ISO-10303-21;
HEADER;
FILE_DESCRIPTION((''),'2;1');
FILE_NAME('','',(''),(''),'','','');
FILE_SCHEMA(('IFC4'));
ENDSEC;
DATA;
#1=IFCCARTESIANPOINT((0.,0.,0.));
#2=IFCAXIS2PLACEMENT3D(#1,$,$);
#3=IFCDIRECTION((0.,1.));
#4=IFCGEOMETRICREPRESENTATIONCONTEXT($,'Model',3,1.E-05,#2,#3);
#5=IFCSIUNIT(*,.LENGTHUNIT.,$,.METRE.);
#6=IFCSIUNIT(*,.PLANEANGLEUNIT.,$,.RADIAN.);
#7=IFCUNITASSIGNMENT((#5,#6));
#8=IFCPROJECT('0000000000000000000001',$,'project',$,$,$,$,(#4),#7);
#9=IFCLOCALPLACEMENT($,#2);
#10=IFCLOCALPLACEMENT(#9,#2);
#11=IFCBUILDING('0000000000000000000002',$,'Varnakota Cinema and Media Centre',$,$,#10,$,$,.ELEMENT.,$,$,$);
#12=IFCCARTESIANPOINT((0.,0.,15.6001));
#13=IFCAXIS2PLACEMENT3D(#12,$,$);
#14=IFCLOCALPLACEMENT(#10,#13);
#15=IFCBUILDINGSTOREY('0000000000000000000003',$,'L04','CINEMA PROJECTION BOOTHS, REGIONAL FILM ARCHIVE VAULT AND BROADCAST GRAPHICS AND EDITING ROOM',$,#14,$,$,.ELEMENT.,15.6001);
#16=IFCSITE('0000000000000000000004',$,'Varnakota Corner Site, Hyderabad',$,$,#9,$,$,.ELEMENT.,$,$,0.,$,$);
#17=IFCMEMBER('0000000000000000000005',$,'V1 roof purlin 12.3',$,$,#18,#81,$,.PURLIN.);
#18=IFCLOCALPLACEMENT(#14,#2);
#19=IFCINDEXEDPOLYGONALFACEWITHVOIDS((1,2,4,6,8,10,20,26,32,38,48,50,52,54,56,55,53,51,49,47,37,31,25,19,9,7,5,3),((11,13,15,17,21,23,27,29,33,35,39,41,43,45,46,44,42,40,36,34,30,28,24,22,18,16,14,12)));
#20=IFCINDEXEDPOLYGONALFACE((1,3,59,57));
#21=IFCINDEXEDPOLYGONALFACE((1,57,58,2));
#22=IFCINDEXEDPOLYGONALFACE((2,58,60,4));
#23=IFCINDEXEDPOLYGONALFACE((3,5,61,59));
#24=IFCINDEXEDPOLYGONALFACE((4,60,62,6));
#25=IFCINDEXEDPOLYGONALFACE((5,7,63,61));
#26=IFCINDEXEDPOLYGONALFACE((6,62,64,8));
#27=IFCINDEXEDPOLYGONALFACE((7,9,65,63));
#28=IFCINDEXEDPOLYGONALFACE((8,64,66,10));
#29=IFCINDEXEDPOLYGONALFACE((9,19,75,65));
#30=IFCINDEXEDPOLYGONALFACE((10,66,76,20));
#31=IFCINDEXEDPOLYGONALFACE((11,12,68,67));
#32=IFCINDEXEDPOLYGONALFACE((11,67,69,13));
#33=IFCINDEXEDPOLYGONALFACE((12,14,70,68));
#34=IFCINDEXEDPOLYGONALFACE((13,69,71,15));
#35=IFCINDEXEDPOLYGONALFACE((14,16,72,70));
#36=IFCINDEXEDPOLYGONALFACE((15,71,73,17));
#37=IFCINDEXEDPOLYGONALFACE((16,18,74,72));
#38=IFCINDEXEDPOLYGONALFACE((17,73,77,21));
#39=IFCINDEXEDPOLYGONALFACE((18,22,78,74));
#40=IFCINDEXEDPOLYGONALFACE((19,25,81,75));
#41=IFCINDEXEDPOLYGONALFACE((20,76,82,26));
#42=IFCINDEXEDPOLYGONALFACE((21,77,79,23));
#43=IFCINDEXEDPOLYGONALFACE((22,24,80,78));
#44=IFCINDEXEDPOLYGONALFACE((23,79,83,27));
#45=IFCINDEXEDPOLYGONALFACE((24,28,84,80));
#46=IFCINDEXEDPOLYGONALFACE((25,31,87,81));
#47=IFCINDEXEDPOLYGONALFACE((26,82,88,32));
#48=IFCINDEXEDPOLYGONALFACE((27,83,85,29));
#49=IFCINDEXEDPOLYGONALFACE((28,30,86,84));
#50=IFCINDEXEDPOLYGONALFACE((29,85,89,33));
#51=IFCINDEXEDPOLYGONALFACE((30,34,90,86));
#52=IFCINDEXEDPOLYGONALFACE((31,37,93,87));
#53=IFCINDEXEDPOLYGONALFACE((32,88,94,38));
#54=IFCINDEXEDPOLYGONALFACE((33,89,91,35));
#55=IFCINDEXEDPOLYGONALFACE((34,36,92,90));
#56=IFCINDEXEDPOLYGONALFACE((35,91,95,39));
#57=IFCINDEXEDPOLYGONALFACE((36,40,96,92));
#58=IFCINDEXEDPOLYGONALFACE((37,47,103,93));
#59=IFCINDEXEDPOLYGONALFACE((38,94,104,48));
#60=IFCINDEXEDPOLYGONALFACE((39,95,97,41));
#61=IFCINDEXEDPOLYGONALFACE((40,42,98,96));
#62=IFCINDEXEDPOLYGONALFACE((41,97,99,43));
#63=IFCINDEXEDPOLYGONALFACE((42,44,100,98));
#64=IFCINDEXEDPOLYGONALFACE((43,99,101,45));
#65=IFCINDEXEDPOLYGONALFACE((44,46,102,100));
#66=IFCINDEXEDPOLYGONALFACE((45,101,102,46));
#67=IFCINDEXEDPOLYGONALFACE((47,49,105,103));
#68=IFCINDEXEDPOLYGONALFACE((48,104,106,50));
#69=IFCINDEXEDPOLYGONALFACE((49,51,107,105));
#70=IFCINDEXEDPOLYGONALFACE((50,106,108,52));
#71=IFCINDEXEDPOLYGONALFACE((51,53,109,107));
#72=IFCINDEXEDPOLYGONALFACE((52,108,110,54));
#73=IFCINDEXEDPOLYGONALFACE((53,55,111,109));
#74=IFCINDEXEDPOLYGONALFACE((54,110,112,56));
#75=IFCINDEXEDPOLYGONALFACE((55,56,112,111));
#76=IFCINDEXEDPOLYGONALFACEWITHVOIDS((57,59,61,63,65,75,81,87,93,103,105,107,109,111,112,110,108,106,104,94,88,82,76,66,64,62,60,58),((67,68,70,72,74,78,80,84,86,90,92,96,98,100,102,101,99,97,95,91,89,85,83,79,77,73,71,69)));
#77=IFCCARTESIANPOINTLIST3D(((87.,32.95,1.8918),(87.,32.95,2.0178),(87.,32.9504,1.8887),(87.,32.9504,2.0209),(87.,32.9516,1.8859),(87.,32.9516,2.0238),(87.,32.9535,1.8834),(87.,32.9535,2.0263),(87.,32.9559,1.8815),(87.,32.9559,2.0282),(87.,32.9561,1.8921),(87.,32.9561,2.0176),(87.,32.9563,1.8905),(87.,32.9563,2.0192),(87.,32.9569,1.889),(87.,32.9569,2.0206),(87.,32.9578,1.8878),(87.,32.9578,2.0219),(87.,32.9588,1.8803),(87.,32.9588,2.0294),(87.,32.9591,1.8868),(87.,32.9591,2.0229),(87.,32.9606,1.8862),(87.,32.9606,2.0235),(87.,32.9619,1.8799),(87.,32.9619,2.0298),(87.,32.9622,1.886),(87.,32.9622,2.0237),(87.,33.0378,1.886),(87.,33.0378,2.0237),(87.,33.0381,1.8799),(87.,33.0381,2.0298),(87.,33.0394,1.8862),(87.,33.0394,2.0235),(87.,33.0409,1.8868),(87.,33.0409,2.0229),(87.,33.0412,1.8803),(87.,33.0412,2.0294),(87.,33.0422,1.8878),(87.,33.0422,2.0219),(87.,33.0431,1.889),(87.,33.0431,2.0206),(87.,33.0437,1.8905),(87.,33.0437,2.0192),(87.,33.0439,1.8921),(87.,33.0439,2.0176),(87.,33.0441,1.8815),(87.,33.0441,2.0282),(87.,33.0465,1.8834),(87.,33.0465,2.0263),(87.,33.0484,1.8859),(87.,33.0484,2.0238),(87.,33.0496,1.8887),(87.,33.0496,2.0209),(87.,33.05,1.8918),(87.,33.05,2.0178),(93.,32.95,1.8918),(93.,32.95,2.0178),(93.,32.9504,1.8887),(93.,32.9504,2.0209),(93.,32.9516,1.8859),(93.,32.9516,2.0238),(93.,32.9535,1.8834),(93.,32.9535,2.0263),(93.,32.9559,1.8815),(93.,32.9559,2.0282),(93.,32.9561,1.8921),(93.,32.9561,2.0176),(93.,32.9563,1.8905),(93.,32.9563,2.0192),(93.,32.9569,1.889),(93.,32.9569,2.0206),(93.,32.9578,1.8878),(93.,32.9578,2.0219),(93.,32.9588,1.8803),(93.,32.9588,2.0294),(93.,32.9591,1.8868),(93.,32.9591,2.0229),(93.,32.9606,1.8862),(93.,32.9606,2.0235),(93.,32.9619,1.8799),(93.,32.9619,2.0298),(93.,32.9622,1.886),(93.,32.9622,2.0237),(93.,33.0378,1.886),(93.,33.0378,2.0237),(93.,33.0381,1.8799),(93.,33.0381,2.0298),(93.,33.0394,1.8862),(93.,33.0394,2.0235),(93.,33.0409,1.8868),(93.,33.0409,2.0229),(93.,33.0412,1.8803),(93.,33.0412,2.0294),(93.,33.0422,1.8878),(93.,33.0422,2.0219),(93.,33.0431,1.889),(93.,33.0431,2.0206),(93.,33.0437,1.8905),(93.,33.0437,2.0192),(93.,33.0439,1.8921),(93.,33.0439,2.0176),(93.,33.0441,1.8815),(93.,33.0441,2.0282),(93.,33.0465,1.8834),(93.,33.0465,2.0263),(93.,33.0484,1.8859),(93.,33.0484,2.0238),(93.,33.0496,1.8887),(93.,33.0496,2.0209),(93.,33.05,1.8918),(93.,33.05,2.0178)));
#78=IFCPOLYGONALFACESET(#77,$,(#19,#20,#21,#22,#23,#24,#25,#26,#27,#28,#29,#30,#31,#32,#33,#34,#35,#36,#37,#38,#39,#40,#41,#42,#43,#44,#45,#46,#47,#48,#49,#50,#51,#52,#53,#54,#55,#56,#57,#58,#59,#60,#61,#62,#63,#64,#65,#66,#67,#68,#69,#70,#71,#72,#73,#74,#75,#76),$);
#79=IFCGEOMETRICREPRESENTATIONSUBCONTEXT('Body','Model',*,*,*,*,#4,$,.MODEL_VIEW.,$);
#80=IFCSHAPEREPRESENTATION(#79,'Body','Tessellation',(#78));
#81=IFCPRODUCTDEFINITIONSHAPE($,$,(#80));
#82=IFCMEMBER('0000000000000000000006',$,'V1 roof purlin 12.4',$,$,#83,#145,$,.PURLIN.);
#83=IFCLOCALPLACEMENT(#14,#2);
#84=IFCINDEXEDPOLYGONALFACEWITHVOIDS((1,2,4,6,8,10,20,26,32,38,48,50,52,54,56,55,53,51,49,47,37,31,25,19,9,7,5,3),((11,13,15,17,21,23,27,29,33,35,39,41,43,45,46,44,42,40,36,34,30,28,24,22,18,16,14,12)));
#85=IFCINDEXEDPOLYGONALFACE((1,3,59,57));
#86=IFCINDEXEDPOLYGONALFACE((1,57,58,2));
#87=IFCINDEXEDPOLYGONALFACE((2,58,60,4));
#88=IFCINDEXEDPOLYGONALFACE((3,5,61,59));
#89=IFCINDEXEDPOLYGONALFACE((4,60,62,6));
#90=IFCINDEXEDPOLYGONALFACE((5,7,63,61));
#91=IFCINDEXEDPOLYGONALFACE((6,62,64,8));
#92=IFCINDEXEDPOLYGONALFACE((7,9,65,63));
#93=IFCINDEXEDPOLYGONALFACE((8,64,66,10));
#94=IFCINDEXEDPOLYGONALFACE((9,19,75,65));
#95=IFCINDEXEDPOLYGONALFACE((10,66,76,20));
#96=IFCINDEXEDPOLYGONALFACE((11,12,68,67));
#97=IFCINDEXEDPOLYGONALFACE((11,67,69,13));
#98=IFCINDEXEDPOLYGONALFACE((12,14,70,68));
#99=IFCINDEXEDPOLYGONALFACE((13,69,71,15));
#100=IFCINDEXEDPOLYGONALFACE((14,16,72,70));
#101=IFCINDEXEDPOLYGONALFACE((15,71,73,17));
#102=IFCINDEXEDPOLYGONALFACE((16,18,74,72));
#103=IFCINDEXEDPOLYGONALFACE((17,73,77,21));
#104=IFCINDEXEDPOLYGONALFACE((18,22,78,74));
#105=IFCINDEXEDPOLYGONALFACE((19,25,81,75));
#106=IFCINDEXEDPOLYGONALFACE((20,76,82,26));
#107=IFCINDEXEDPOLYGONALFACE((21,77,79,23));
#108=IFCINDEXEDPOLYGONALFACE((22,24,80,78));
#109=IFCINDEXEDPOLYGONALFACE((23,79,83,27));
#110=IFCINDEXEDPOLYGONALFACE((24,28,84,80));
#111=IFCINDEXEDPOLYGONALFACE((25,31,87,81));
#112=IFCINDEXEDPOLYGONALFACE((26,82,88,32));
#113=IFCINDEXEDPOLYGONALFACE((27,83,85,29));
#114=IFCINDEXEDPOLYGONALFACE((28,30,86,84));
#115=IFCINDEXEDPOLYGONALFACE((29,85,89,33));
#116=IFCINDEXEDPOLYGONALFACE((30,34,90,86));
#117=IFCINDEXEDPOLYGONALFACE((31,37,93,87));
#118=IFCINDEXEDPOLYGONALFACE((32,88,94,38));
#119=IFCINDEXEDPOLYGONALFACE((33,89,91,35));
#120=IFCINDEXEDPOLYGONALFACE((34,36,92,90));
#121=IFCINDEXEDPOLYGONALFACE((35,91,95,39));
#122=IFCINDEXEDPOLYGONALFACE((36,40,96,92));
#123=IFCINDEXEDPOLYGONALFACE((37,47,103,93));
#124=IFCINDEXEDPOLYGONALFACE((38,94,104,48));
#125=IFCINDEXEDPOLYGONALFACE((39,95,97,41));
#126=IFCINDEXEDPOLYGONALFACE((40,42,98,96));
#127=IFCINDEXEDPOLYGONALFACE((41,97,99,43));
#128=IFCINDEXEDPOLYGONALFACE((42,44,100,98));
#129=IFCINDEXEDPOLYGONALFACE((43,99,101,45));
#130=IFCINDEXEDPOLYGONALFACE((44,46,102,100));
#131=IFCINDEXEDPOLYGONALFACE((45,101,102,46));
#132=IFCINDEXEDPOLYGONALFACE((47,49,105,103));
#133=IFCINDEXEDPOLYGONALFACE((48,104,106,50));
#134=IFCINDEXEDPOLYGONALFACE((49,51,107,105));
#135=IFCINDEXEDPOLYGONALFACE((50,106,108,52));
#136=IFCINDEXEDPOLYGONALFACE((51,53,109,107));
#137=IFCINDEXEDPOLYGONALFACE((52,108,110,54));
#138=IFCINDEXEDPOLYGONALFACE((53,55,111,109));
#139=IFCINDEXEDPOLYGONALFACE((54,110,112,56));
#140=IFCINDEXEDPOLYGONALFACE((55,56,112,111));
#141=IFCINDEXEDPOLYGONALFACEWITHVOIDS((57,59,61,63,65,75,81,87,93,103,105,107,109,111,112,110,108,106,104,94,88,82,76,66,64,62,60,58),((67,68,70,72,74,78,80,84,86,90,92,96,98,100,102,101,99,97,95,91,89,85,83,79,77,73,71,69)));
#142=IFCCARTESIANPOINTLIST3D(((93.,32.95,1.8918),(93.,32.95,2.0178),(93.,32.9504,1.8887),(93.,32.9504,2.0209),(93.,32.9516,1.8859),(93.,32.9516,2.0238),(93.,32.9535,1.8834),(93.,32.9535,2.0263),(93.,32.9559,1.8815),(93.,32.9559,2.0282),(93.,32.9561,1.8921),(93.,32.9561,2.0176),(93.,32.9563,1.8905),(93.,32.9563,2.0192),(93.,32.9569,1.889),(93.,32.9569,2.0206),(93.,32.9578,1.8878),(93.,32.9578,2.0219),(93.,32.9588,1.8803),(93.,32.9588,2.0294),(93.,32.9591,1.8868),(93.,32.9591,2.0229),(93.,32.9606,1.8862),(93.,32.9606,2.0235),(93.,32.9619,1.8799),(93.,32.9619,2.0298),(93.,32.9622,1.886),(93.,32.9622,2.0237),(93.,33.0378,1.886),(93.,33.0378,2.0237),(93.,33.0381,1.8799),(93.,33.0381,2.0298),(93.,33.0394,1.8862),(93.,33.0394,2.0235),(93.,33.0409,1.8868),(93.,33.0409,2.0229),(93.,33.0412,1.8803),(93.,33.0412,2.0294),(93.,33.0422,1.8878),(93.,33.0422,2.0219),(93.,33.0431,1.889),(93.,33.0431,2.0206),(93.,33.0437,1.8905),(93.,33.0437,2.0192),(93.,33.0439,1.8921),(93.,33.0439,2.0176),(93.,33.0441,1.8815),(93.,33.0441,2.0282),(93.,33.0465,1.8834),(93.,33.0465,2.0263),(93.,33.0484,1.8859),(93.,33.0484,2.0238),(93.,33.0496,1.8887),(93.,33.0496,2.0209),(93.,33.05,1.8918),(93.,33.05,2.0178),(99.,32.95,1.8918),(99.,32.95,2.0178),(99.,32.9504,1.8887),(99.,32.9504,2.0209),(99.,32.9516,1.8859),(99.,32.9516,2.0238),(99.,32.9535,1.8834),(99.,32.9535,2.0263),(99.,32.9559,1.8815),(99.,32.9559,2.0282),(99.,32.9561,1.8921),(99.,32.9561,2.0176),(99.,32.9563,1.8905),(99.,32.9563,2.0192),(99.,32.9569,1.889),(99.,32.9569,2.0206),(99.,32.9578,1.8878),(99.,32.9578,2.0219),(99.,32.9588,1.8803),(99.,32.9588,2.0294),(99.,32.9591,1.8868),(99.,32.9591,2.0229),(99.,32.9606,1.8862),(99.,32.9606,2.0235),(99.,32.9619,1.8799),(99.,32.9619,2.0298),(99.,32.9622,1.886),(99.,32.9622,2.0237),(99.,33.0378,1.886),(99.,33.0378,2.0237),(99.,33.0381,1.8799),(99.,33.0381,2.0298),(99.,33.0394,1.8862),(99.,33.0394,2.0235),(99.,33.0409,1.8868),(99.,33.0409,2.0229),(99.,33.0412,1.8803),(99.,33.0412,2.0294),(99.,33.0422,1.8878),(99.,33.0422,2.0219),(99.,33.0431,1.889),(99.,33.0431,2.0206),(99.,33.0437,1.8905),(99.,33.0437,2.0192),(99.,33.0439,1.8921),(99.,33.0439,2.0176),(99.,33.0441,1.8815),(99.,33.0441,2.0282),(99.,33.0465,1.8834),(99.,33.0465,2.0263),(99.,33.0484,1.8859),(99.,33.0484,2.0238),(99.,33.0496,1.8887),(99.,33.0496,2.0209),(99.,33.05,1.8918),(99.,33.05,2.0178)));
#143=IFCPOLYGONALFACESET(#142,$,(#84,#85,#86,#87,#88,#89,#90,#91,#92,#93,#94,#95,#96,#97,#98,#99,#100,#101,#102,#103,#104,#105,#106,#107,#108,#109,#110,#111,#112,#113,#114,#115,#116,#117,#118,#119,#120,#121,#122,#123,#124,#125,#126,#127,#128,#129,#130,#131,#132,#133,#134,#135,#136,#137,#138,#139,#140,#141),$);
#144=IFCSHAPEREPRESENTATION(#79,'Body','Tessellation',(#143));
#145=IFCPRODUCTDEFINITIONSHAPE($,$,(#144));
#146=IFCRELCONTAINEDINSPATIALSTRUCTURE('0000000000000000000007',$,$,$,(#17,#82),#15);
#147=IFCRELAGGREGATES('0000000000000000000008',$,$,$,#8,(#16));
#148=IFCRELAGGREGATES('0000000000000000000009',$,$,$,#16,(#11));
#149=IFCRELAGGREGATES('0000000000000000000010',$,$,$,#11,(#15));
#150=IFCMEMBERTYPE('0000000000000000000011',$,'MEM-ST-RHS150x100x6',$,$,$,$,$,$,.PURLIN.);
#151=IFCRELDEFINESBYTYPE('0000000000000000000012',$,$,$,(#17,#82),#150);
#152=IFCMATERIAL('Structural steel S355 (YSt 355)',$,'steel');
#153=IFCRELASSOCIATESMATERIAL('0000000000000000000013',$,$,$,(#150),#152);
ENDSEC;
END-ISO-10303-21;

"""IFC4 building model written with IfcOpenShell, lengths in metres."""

from ifc_helpers import new_model, si_unit, direction, frame, origin, origin_2d, place, context, subcontext, project, spatial, hollow_rectangle, extrude, material, material_profile, profile_set, type_object, element, save


model = new_model("IFC4")

# Units and contexts
model_context = context("Model", 3, precision=1e-05, world=origin(), true_north=direction((0.0, 1.0)))
body_context = subcontext(model_context, "Body", "Model", "MODEL_VIEW")
ifc_project = project(units=[si_unit("LENGTHUNIT", "METRE"), si_unit("PLANEANGLEUNIT", "RADIAN")], contexts=[model_context])

# Site, building, storey
site_placement = place(None, origin())
site = spatial("IfcSite", under=ifc_project, at=site_placement, Name="Varnakota Corner Site, Hyderabad", CompositionType="ELEMENT", RefElevation=0.0)
building_placement = place(site_placement, origin())
building = spatial("IfcBuilding", under=site, at=building_placement, Name="Varnakota Cinema and Media Centre", CompositionType="ELEMENT")
storey_placement = place(building_placement, frame((0.0, 0.0, 15.6001)))
storey = spatial("IfcBuildingStorey", under=building, at=storey_placement, Name="L04", Description="CINEMA PROJECTION BOOTHS, REGIONAL FILM ARCHIVE VAULT AND BROADCAST GRAPHICS AND EDITING ROOM", CompositionType="ELEMENT", Elevation=15.6001)

# Members
ifc_material_1 = material(Name="Structural steel S355 (YSt 355)", Category="steel")
ifc_material_profile_1 = material_profile(ifc_material_1, hollow_rectangle(XDim=0.1001, YDim=0.1499, WallThickness=0.0061, InnerFilletRadius=0.0061, OuterFilletRadius=0.012, at=origin_2d()), Name="RHS 150x100x6")
ifc_profile_set_1 = profile_set([ifc_material_profile_1], Name="Structural steel S355 (YSt 355)")
member_type_1 = type_object("IfcMemberType", Name="MEM-ST-RHS150x100x6", PredefinedType="PURLIN", material=ifc_profile_set_1)
for number, where, z_axis, x_axis, name in (
    (1, (87.0, 33.0, 1.9548), (1.0, 0.0, 0.0), (0.0, 1.0, 0.0), "V1 roof purlin 12.3"),
    (2, (93.0, 33.0, 1.9548), (1.0, 0.0, 0.0), (0.0, 1.0, 0.0), "V1 roof purlin 12.4"),
):
    element("IfcMember", number, at=place(storey_placement, frame(where, z_axis=z_axis, x_axis=x_axis)), inside=storey, type_object=member_type_1, Name=name, PredefinedType="PURLIN", context=body_context, shape_type="SweptSolid", body=[
        extrude(hollow_rectangle(XDim=0.1001, YDim=0.1499, WallThickness=0.0061, InnerFilletRadius=0.0061, OuterFilletRadius=0.012, at=origin_2d()), origin(), (0.0, 0.0, 1.0), 6.0),
    ])

save(model, "model.ifc")
